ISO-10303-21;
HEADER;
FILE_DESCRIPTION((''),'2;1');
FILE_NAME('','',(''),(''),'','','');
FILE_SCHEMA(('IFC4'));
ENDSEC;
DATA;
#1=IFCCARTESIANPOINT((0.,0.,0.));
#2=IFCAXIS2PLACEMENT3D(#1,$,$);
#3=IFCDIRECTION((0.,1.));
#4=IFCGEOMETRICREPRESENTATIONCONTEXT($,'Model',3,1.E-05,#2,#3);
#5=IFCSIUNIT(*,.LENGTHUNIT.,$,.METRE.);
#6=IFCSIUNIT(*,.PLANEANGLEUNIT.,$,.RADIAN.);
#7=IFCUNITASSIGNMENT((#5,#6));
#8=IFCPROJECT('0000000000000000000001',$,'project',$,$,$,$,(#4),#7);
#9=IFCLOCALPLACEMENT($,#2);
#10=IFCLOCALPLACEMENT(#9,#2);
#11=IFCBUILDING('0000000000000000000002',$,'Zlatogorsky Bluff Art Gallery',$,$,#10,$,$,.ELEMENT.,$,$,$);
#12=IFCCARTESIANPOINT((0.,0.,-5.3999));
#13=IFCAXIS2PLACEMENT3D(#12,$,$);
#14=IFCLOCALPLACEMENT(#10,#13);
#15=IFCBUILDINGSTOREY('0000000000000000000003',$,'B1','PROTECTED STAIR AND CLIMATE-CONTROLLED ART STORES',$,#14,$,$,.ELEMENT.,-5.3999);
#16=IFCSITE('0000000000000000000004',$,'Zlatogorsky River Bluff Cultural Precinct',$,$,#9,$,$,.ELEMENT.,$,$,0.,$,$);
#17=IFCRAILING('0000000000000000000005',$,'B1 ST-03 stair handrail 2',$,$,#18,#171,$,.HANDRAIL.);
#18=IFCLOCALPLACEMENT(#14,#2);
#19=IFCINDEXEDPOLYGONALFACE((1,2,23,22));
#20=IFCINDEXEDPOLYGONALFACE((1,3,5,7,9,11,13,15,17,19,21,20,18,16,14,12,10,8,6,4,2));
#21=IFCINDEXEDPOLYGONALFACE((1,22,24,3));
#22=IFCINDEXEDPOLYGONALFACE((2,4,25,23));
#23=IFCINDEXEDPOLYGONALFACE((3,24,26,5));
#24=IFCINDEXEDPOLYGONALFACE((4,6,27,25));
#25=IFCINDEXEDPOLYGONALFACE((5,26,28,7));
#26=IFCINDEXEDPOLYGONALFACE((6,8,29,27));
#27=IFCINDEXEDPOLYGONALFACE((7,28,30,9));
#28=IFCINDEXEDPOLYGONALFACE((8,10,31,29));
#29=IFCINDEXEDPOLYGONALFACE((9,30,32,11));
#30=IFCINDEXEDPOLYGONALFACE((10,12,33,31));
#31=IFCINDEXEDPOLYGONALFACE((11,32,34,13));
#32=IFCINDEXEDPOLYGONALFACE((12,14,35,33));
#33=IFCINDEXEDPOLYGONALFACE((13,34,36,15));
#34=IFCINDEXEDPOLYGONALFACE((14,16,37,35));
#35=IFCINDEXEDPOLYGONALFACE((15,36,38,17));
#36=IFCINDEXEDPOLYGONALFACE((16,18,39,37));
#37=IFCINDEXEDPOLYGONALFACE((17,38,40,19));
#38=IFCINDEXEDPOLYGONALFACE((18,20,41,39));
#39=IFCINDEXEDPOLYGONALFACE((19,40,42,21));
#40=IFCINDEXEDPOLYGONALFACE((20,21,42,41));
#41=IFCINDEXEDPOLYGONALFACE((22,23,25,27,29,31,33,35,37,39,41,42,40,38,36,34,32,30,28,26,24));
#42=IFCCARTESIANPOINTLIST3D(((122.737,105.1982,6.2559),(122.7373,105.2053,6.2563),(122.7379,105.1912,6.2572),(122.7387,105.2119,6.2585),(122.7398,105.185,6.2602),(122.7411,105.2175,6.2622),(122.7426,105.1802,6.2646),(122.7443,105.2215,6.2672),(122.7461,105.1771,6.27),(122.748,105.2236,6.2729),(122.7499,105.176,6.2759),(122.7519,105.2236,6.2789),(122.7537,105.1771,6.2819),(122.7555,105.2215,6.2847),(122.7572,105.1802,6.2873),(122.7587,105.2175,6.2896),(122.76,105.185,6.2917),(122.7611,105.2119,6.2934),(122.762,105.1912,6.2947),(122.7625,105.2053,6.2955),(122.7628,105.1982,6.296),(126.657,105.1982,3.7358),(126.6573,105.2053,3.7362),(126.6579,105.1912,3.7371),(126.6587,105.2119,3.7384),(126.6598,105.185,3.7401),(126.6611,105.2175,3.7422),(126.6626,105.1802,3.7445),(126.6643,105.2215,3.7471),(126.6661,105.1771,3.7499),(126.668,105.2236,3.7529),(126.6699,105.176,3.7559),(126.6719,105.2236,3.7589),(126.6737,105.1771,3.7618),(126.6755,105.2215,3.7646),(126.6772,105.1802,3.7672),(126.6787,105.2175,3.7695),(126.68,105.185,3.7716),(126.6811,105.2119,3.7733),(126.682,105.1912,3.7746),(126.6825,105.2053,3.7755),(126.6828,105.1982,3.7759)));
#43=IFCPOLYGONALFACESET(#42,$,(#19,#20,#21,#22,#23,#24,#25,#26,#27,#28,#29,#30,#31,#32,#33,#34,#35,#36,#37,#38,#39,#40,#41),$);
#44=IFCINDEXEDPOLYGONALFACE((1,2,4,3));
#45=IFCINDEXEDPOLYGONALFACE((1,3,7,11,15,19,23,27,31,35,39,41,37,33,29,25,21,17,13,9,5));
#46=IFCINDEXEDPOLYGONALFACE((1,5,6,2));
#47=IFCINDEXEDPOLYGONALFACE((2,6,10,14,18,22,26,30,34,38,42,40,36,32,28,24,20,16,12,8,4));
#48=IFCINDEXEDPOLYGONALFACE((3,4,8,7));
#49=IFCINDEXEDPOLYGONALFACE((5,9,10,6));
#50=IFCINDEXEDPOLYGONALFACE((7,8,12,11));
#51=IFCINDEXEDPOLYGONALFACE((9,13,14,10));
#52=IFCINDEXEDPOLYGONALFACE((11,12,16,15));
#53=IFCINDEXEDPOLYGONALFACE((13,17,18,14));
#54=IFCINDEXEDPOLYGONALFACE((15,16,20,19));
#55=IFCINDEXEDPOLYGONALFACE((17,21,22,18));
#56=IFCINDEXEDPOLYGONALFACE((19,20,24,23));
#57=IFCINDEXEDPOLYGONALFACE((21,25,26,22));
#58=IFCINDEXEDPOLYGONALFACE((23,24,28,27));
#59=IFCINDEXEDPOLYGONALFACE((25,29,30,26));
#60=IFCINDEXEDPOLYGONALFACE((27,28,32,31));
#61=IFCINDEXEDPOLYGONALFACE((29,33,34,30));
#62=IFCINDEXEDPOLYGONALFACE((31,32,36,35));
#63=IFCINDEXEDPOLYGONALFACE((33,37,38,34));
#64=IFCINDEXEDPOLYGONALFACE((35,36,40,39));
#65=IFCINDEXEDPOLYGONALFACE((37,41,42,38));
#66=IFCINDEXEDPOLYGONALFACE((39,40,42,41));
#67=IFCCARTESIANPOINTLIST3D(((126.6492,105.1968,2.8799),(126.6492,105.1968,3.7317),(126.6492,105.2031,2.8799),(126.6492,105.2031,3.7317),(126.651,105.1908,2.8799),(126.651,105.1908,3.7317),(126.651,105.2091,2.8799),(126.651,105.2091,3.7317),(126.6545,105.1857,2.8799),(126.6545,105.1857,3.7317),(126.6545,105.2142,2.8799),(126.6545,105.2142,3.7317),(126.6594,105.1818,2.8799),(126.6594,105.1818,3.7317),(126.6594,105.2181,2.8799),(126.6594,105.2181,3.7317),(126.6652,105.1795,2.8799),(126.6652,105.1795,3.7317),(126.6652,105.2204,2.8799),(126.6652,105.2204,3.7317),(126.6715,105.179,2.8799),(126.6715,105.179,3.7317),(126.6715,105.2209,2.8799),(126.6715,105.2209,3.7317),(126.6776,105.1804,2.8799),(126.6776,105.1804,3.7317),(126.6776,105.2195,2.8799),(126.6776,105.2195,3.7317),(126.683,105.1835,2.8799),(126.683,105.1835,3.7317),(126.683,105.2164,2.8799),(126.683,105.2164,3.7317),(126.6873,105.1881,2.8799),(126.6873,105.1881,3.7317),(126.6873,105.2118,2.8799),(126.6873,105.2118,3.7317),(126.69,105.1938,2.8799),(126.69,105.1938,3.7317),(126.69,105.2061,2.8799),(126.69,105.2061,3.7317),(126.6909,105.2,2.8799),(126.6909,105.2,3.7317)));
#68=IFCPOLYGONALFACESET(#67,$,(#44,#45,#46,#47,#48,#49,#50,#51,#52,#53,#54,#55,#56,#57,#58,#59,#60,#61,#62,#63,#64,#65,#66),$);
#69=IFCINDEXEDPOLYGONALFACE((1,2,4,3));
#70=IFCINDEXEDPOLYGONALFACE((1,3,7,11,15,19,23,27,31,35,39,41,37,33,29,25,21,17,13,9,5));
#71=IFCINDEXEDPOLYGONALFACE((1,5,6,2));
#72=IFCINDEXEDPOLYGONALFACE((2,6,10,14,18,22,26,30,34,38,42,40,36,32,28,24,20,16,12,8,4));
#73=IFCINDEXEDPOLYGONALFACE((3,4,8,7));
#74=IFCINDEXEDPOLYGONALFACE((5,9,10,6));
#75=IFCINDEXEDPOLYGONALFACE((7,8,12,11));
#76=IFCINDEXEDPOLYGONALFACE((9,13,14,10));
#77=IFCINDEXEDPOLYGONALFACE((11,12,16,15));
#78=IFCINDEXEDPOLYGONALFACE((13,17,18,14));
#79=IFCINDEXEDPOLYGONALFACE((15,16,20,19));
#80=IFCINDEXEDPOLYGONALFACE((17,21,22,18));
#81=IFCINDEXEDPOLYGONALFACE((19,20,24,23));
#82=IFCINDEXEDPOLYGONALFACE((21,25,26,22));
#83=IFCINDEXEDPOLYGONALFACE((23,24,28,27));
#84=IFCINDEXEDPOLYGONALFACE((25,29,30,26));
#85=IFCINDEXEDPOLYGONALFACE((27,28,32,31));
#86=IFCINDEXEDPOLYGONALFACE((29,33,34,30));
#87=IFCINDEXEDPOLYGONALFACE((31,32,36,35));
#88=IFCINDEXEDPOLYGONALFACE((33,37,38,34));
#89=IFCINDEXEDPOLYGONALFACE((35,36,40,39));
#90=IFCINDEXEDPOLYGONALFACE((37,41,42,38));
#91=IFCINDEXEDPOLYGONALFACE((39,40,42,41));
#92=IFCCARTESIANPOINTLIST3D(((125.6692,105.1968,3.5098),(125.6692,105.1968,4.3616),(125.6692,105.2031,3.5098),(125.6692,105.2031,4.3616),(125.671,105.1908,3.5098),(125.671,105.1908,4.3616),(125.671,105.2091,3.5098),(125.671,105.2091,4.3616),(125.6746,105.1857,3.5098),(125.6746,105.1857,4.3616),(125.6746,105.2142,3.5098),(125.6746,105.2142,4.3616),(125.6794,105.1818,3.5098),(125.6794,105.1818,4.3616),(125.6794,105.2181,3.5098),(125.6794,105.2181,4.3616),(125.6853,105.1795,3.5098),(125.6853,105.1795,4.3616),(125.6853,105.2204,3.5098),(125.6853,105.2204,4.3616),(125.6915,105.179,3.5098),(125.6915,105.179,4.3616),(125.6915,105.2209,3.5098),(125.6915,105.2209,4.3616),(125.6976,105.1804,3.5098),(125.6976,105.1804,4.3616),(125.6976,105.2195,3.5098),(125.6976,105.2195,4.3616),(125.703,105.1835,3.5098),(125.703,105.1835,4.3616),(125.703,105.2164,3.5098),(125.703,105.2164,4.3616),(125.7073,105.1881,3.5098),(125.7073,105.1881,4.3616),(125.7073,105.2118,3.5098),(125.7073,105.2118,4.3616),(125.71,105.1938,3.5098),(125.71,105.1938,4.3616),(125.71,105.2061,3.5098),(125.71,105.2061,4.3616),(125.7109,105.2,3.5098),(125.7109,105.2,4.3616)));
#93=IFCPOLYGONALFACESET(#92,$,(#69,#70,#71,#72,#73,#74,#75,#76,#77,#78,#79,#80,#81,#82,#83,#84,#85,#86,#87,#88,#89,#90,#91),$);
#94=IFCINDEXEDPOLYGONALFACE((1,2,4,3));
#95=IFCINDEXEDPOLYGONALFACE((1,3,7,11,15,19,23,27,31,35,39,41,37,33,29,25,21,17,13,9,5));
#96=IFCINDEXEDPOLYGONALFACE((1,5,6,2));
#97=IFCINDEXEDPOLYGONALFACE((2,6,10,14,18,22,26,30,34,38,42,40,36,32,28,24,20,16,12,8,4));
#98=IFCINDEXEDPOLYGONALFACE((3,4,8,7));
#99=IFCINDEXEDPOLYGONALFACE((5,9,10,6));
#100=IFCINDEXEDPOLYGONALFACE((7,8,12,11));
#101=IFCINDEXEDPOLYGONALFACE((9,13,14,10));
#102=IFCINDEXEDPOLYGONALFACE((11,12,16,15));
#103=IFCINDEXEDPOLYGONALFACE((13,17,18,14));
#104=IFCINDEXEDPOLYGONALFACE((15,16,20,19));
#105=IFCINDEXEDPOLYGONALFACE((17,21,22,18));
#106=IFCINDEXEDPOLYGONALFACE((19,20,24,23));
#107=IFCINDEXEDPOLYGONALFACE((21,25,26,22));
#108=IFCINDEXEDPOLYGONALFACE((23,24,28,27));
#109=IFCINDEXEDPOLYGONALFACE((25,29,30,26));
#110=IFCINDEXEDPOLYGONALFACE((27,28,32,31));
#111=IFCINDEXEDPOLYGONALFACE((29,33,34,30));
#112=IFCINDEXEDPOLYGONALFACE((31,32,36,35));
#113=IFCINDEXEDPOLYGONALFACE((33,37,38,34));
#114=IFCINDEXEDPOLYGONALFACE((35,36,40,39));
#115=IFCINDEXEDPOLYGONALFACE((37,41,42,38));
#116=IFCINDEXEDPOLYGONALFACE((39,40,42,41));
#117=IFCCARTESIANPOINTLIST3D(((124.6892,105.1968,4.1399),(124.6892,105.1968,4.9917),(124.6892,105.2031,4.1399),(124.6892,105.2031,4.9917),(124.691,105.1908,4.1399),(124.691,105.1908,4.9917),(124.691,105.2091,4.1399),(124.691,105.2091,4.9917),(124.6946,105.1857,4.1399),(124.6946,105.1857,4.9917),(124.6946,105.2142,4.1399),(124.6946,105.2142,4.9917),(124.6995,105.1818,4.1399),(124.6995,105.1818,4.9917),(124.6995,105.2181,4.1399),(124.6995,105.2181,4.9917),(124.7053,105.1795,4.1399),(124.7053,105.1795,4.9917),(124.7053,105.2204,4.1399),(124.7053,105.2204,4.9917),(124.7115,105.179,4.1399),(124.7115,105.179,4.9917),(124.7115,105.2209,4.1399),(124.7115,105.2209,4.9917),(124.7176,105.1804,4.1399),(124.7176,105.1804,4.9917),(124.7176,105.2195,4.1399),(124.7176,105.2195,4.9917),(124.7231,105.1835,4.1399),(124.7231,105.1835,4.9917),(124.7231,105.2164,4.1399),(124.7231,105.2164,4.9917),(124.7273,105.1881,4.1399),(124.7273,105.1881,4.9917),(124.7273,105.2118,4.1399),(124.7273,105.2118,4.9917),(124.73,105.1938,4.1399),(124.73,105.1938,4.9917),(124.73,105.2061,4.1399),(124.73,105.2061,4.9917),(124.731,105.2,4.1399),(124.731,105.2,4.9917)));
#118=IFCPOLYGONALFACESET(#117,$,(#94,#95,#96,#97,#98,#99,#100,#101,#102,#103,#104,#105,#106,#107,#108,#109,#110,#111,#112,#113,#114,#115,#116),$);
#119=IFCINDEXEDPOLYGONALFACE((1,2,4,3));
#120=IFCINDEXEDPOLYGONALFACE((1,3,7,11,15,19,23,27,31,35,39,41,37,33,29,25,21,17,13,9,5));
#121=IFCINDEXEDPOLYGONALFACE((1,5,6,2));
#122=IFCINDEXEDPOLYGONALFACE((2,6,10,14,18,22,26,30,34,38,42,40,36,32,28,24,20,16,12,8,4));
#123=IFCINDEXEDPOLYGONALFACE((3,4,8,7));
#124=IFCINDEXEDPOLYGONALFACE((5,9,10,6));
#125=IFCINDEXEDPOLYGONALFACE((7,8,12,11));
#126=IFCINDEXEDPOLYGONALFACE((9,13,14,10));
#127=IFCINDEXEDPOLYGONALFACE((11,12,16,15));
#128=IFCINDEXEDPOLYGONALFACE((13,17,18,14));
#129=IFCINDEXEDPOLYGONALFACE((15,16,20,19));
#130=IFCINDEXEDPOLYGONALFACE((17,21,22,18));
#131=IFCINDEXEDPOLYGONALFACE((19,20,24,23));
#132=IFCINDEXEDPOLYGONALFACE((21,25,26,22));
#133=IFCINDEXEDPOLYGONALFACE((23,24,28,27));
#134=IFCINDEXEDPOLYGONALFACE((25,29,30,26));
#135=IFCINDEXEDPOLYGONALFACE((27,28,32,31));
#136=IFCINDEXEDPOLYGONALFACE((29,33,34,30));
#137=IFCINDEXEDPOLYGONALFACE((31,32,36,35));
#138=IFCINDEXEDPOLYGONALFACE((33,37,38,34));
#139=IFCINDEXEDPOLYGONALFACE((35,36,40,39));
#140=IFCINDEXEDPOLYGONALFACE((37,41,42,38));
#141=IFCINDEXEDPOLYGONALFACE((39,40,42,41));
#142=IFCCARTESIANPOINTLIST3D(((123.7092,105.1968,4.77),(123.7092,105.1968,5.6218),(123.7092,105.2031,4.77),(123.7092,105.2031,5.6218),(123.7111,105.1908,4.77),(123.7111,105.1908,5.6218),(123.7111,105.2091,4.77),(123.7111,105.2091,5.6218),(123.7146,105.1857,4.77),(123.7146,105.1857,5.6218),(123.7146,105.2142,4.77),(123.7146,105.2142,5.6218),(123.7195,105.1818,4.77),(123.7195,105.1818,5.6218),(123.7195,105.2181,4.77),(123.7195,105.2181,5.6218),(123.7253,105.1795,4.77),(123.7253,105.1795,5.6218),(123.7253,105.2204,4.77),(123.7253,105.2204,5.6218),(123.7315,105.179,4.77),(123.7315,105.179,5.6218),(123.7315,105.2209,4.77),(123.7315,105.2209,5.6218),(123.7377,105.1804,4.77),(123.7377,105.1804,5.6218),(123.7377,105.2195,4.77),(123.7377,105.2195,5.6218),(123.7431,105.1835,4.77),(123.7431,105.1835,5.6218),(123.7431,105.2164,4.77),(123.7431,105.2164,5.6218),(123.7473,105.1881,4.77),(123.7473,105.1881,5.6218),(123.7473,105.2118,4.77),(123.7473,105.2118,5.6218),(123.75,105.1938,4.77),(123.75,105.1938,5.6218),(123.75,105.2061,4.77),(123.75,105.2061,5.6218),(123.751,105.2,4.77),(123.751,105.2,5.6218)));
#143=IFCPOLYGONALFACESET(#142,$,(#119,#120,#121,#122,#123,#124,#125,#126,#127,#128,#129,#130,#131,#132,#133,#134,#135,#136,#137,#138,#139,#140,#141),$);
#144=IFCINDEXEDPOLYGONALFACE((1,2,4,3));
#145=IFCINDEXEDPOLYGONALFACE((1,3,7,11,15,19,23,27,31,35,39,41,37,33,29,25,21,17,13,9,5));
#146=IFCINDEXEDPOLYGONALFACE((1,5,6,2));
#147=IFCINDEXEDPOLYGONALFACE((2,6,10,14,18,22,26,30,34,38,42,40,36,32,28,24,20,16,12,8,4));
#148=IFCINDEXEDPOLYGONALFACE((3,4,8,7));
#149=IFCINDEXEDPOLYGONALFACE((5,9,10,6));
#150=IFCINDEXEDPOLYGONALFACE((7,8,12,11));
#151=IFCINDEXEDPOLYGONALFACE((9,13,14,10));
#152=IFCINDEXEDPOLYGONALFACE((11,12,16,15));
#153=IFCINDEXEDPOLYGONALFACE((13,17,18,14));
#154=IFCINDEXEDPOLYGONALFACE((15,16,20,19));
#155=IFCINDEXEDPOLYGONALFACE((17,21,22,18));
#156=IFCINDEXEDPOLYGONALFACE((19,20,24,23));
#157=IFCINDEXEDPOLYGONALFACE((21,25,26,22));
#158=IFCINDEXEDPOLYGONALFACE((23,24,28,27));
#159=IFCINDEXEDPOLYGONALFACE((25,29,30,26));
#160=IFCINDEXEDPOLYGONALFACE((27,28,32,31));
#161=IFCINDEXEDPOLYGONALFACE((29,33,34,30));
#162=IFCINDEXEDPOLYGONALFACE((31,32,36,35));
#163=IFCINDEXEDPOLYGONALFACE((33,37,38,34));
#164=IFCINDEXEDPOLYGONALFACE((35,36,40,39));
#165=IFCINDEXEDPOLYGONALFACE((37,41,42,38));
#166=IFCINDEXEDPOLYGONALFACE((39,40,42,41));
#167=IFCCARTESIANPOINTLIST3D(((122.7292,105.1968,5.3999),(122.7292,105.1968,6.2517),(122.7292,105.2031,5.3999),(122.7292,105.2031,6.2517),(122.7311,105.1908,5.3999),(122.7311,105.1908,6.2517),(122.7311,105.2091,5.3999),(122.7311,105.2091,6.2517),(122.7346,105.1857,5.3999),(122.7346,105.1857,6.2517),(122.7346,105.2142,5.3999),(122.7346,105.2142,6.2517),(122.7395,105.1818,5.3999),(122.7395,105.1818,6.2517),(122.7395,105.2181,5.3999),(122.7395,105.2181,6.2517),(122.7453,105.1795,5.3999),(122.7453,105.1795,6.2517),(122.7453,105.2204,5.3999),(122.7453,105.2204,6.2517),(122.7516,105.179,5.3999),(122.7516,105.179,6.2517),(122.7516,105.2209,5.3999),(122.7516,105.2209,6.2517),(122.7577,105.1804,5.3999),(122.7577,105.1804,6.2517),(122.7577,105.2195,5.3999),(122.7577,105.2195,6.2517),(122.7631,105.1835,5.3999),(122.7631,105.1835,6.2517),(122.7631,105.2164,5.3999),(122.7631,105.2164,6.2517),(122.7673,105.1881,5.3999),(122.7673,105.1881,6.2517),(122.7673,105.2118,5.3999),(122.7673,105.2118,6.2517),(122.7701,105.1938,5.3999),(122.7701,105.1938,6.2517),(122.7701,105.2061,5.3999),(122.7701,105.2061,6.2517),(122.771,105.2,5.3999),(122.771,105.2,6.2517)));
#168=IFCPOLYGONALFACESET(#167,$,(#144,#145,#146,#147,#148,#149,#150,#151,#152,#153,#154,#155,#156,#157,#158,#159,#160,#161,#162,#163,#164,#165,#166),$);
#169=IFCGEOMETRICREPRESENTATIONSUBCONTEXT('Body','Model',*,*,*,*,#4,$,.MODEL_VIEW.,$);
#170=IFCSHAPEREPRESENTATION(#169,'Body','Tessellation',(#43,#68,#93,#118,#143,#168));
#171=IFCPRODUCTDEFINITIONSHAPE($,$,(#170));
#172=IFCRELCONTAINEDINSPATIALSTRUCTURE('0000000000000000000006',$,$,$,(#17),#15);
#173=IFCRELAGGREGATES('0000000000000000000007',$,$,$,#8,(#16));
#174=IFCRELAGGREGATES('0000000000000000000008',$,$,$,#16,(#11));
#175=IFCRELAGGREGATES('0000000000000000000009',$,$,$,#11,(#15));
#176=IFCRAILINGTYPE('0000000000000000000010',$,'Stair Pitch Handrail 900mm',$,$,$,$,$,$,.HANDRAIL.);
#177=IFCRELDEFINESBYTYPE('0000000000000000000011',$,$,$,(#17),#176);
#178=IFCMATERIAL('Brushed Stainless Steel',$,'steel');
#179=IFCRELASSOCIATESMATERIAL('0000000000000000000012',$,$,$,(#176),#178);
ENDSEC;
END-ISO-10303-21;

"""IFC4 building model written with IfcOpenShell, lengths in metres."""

from ifc_helpers import new_model, si_unit, direction, frame, origin, origin_2d, place, context, subcontext, project, spatial, circle, extrude, material, type_object, element, save


model = new_model("IFC4")

# Units and contexts
model_context = context("Model", 3, precision=1e-05, world=origin(), true_north=direction((0.0, 1.0)))
body_context = subcontext(model_context, "Body", "Model", "MODEL_VIEW")
ifc_project = project(units=[si_unit("LENGTHUNIT", "METRE"), si_unit("PLANEANGLEUNIT", "RADIAN")], contexts=[model_context])

# Site, building, storey
site_placement = place(None, origin())
site = spatial("IfcSite", under=ifc_project, at=site_placement, Name="Zlatogorsky River Bluff Cultural Precinct", CompositionType="ELEMENT", RefElevation=0.0)
building_placement = place(site_placement, origin())
building = spatial("IfcBuilding", under=site, at=building_placement, Name="Zlatogorsky Bluff Art Gallery", CompositionType="ELEMENT")
storey_placement = place(building_placement, frame((0.0, 0.0, -5.3999)))
storey = spatial("IfcBuildingStorey", under=building, at=storey_placement, Name="B1", Description="PROTECTED STAIR AND CLIMATE-CONTROLLED ART STORES", CompositionType="ELEMENT", Elevation=-5.3999)

# Railing
ifc_material_1 = material(Name="Brushed Stainless Steel", Category="steel")
railing_type_1 = type_object("IfcRailingType", Name="Stair Pitch Handrail 900mm", PredefinedType="HANDRAIL", material=ifc_material_1)
railing_1_placement = place(storey_placement, frame((126.6699, 105.2, 2.8799)))
element("IfcRailing", 1, at=railing_1_placement, inside=storey, type_object=railing_type_1, Name="B1 ST-03 stair handrail 2", PredefinedType="HANDRAIL", context=body_context, shape_type="SweptSolid", body=[
    extrude(circle(Radius=0.0239, at=origin_2d()), frame((0.0, 0.0, 0.876), z_axis=(-0.841172, 0.0, 0.540768), x_axis=(0.0, -1.0, 0.0)), (0.0, 0.0, 1.0), 4.6602),
    extrude(circle(Radius=0.021, at=origin_2d()), origin(), (0.0, 0.0, 1.0), 0.8518),
    extrude(circle(Radius=0.021, at=origin_2d()), frame((-0.98, 0.0, 0.6299)), (0.0, 0.0, 1.0), 0.8518),
    extrude(circle(Radius=0.021, at=origin_2d()), frame((-1.96, 0.0, 1.26)), (0.0, 0.0, 1.0), 0.8518),
    extrude(circle(Radius=0.021, at=origin_2d()), frame((-2.9399, 0.0, 1.8901)), (0.0, 0.0, 1.0), 0.8518),
    extrude(circle(Radius=0.021, at=origin_2d()), frame((-3.9199, 0.0, 2.52)), (0.0, 0.0, 1.0), 0.8518),
])

save(model, "model.ifc")
